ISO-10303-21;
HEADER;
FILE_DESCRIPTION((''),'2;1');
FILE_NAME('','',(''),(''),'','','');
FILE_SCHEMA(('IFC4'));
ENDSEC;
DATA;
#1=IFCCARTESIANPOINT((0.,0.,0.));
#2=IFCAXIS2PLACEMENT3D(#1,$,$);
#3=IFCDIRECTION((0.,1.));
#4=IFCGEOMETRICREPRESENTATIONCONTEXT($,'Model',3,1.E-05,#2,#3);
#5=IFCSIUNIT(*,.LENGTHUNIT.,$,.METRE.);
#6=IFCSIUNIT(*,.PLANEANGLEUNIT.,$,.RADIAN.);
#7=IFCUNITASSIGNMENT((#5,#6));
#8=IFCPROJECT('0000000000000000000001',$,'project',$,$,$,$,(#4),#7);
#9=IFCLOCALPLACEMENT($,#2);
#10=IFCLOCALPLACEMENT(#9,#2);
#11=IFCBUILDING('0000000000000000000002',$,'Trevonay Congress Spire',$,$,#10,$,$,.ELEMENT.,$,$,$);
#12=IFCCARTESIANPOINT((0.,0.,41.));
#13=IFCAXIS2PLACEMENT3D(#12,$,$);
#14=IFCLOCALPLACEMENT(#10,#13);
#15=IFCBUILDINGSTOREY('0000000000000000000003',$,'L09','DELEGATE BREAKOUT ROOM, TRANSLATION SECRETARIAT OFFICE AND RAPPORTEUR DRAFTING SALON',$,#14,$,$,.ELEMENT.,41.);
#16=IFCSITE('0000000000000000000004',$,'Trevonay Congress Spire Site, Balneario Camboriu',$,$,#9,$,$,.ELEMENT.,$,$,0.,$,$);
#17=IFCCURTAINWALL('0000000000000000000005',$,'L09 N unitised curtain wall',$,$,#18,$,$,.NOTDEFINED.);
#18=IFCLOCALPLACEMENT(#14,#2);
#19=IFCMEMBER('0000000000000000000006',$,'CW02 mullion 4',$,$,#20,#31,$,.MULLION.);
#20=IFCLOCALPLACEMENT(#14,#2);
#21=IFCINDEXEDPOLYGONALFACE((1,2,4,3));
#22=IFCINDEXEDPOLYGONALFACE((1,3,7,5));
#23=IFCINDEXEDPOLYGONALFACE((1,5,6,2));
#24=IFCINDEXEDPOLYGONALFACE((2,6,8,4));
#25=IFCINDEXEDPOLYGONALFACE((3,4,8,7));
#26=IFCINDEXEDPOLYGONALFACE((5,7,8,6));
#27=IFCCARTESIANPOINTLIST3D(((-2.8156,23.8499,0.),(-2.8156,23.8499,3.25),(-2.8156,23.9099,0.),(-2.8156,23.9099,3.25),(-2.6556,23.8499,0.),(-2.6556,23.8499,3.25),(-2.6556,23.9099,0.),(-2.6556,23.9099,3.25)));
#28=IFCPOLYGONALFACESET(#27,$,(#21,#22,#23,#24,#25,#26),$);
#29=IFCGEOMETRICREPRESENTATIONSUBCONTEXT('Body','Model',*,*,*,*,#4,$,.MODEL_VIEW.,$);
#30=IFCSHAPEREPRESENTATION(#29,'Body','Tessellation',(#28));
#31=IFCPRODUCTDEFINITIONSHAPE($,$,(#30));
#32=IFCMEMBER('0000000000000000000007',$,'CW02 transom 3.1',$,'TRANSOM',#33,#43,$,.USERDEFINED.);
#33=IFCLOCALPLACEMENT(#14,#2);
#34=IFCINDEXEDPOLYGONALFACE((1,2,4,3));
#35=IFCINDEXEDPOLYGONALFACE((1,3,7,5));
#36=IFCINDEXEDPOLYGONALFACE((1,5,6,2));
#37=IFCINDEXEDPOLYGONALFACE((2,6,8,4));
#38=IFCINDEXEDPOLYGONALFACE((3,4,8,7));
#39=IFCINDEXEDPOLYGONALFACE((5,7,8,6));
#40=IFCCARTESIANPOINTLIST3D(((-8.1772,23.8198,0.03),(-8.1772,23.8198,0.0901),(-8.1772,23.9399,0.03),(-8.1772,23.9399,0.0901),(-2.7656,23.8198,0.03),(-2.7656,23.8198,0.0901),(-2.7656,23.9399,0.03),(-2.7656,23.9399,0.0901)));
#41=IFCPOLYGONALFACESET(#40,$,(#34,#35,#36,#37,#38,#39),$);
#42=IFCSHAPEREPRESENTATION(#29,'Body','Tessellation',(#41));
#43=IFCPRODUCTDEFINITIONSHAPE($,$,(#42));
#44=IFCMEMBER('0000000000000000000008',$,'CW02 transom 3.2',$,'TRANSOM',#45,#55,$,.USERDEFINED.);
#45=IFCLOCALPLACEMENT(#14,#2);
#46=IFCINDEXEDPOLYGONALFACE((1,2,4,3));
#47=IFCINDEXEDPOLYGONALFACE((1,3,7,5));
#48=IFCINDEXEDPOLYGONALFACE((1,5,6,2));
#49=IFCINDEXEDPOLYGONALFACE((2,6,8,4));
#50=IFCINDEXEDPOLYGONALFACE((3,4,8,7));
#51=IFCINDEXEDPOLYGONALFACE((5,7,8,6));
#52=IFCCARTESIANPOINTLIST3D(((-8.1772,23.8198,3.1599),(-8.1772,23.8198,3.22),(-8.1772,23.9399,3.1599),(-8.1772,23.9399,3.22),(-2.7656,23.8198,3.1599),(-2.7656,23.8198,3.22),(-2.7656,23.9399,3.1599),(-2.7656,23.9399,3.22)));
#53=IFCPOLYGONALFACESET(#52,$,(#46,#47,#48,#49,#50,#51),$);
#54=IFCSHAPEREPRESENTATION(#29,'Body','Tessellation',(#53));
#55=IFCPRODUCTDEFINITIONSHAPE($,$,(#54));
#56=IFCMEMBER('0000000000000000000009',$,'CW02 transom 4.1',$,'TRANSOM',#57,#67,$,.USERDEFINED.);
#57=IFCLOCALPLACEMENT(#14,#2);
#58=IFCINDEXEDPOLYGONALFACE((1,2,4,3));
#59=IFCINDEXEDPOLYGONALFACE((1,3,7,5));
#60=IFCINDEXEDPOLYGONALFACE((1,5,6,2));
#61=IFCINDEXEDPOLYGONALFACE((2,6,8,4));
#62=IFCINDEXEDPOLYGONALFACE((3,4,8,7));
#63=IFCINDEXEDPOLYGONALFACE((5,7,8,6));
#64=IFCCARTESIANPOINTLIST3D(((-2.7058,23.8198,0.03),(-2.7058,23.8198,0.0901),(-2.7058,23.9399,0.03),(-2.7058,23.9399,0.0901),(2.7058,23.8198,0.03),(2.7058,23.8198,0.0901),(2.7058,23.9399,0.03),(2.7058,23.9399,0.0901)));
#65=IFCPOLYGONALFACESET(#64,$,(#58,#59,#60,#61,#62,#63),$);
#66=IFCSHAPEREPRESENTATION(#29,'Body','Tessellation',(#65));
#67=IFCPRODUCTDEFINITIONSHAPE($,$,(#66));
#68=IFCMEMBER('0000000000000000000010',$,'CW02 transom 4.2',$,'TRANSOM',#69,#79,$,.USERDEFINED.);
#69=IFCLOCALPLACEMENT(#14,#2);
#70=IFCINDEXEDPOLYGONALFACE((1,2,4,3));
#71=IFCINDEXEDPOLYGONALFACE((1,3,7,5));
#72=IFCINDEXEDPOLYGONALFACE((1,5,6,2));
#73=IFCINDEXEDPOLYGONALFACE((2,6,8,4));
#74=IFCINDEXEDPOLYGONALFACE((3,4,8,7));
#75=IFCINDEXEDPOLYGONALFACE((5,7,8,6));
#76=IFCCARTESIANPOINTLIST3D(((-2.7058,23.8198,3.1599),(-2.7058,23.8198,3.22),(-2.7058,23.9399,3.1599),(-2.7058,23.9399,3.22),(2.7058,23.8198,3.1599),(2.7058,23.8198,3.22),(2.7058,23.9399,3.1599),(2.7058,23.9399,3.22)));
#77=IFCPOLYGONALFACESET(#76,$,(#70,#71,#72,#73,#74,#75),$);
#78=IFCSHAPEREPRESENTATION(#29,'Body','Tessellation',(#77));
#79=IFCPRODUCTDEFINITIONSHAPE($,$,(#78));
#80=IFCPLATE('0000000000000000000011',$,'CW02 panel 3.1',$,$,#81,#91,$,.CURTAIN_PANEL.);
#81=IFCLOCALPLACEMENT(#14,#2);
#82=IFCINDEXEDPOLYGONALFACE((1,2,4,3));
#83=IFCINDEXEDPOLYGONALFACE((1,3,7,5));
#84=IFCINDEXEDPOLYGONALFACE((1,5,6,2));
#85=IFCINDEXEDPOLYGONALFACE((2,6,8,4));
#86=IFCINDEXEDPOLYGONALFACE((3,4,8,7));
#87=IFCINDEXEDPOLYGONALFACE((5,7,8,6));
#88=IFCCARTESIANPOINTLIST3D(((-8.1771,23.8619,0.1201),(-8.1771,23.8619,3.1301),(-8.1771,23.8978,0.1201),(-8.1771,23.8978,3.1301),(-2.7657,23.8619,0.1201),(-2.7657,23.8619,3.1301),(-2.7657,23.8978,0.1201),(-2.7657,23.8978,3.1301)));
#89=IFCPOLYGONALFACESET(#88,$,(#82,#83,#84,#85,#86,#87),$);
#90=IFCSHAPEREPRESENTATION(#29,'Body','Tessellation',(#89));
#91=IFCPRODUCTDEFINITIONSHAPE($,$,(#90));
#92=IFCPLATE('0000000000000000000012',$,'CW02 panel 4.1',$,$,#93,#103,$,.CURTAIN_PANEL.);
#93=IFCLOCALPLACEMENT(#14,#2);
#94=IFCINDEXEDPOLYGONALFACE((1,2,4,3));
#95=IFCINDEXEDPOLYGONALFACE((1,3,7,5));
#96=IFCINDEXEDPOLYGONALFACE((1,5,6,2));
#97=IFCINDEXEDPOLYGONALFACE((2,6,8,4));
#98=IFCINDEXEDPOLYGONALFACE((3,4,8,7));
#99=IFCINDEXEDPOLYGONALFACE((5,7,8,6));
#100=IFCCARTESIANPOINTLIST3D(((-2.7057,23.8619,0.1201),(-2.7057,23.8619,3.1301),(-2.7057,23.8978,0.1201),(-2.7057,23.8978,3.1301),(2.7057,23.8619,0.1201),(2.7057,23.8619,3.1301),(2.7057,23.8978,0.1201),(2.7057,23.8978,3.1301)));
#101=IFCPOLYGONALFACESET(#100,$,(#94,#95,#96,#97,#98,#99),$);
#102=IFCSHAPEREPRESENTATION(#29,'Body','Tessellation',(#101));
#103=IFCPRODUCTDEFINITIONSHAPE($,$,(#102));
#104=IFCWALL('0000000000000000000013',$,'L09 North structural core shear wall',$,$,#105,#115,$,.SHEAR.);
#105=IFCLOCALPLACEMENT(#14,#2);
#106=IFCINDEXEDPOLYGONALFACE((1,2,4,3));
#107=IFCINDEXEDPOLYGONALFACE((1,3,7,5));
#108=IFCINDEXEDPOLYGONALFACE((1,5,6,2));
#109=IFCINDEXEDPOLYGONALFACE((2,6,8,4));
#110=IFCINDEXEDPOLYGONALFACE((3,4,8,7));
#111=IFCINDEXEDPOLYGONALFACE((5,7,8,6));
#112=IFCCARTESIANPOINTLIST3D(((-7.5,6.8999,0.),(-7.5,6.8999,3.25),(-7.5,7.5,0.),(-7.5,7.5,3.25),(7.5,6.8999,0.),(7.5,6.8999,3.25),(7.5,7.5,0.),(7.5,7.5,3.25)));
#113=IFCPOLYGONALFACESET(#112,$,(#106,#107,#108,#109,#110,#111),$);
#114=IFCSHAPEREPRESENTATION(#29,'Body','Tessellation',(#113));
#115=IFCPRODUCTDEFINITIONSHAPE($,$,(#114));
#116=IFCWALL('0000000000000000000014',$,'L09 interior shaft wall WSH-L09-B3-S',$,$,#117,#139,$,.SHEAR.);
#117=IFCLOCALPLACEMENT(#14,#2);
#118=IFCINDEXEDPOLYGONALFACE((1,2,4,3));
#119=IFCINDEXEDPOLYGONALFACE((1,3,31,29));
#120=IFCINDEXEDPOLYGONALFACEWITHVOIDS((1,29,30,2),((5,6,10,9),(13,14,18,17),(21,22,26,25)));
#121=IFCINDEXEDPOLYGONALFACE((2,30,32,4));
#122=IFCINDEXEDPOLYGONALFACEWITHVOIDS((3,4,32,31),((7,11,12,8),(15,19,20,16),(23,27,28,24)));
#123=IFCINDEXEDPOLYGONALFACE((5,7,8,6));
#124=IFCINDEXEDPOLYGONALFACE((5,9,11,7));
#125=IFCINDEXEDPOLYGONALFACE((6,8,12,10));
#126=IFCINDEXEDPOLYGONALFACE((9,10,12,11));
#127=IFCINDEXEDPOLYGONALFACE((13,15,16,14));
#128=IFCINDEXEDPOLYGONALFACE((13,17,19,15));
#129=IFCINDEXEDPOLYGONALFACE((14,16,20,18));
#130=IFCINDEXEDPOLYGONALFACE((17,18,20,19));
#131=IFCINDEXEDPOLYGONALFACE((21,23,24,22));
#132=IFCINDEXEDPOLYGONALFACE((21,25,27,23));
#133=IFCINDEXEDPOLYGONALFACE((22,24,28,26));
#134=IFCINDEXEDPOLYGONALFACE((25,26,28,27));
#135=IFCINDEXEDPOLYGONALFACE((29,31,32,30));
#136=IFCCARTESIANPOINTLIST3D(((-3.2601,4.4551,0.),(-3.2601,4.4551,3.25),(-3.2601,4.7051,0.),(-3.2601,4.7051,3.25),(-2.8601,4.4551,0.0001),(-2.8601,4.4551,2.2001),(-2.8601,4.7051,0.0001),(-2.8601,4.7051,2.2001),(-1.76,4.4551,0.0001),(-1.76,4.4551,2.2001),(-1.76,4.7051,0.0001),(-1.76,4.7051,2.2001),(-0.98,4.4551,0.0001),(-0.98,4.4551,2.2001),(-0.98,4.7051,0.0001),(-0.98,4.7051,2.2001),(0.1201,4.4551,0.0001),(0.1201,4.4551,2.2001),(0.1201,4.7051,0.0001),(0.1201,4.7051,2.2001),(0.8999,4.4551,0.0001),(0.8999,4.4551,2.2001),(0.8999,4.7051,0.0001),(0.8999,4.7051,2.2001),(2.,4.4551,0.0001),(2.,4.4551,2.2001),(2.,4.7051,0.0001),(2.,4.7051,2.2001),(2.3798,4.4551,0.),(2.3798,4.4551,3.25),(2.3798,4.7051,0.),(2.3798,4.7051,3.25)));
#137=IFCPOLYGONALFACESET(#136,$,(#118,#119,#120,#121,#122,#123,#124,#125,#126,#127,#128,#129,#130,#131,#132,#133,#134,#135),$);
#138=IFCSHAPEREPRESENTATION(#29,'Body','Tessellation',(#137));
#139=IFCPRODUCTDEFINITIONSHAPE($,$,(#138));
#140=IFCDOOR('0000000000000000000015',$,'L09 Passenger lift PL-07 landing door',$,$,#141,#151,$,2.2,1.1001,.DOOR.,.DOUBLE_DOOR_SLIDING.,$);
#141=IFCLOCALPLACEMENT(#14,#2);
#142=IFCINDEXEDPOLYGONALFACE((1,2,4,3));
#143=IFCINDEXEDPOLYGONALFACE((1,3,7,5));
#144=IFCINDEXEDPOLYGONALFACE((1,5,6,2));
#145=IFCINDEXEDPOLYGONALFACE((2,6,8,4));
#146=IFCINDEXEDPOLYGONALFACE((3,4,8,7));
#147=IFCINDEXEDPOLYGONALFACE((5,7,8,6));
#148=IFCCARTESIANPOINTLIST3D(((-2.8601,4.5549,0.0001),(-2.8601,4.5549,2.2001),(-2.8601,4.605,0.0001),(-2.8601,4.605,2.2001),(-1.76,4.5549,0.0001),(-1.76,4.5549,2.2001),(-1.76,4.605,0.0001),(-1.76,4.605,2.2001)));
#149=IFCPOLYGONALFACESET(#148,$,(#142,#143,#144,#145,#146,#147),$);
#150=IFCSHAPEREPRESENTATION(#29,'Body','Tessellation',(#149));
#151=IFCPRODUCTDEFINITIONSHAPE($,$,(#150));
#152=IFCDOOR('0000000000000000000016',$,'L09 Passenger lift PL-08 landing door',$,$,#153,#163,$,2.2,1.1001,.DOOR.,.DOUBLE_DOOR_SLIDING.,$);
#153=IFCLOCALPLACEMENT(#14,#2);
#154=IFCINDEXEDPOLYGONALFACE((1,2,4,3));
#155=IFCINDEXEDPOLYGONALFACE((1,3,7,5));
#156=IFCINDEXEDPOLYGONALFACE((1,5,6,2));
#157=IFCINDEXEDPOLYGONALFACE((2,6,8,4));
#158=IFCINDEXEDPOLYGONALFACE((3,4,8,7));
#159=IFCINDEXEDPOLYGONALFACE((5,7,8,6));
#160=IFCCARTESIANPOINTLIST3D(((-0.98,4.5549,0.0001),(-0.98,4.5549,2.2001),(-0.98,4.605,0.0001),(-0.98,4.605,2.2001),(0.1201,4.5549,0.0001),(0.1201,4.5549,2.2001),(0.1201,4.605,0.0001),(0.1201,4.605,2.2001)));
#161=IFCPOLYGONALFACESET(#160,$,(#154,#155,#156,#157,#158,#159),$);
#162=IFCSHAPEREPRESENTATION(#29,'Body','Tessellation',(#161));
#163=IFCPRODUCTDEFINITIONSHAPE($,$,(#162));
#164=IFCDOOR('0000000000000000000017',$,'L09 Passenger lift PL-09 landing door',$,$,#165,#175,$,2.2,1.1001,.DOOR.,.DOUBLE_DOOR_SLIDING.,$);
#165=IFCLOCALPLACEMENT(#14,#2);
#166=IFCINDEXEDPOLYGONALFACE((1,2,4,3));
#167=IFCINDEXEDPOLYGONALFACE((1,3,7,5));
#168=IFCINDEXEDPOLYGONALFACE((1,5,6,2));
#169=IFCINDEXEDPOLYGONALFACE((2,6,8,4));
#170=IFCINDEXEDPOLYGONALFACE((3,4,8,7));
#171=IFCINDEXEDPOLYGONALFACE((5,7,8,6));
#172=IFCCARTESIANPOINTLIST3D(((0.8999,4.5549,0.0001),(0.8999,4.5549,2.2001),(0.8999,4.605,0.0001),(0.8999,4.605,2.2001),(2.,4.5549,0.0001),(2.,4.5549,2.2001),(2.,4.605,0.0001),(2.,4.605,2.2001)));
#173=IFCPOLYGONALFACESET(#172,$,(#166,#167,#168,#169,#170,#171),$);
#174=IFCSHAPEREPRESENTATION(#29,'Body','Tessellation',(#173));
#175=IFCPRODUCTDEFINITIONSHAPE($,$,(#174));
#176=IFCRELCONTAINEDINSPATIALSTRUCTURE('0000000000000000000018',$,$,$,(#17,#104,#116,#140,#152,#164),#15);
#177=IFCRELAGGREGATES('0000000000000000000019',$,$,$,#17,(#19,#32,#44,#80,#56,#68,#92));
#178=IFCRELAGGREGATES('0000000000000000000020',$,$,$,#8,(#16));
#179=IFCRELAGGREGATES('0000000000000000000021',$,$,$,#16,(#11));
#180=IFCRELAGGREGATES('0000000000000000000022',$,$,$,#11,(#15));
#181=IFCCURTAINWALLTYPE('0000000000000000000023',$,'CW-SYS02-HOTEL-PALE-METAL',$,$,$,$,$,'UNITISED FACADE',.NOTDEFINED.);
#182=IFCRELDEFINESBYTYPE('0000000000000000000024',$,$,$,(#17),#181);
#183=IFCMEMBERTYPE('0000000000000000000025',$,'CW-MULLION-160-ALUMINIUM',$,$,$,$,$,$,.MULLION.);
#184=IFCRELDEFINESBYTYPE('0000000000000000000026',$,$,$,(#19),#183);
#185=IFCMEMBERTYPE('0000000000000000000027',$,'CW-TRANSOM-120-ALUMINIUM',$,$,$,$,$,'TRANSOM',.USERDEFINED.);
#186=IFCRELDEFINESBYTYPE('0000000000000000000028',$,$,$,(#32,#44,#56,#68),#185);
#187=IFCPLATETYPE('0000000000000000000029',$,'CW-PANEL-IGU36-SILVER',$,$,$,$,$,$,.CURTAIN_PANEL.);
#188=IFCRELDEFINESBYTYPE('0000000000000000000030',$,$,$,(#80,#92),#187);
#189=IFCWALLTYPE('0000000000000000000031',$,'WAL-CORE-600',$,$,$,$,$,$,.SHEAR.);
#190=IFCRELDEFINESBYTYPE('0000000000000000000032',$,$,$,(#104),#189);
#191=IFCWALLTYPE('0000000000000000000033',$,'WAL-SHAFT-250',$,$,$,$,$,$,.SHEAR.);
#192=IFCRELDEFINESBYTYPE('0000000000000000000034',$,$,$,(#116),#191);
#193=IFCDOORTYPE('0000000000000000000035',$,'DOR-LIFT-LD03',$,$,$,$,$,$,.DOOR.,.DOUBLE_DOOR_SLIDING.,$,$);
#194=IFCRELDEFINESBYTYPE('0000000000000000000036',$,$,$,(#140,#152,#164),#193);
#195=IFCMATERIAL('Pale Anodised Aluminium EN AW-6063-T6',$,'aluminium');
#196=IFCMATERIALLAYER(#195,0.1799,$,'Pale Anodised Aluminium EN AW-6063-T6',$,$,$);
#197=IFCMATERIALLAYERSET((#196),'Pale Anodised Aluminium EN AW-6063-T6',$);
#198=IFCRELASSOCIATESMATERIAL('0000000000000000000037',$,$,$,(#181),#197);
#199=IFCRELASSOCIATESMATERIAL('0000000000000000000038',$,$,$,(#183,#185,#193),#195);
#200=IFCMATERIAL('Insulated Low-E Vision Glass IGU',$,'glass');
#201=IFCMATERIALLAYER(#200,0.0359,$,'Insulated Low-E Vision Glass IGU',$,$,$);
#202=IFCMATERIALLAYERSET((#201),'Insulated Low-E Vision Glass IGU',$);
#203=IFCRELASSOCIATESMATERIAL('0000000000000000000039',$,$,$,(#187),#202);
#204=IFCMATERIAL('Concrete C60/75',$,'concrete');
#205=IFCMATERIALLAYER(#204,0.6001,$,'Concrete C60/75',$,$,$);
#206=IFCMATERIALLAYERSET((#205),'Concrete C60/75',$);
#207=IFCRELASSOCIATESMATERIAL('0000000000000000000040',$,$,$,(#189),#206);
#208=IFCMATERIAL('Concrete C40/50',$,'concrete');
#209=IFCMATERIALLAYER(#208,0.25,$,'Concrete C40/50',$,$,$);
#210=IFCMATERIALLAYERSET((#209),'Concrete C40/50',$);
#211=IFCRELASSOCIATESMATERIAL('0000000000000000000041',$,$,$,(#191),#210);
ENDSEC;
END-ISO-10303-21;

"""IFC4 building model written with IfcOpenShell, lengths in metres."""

from ifc_helpers import new_model, si_unit, direction, frame, frame_2d, origin, origin_2d, place, context, subcontext, project, spatial, rectangle, extrude, material, layer, layer_set, material_profile, profile_set, type_object, element, fill, aggregate, save


model = new_model("IFC4")

# Units and contexts
model_context = context("Model", 3, precision=1e-05, world=origin(), true_north=direction((0.0, 1.0)))
body_context = subcontext(model_context, "Body", "Model", "MODEL_VIEW")
ifc_project = project(units=[si_unit("LENGTHUNIT", "METRE"), si_unit("PLANEANGLEUNIT", "RADIAN")], contexts=[model_context])

# Site, building, storey
site_placement = place(None, origin())
site = spatial("IfcSite", under=ifc_project, at=site_placement, Name="Trevonay Congress Spire Site, Balneario Camboriu", CompositionType="ELEMENT", RefElevation=0.0)
building_placement = place(site_placement, origin())
building = spatial("IfcBuilding", under=site, at=building_placement, Name="Trevonay Congress Spire", CompositionType="ELEMENT")
storey_placement = place(building_placement, frame((0.0, 0.0, 41.0)))
storey = spatial("IfcBuildingStorey", under=building, at=storey_placement, Name="L09", Description="DELEGATE BREAKOUT ROOM, TRANSLATION SECRETARIAT OFFICE AND RAPPORTEUR DRAFTING SALON", CompositionType="ELEMENT", Elevation=41.0)

# Curtain wall, members, plates
ifc_material_1 = material(Name="Pale Anodised Aluminium EN AW-6063-T6", Category="aluminium")
ifc_layer_1 = layer(ifc_material_1, 0.1799, Name="Pale Anodised Aluminium EN AW-6063-T6")
ifc_layer_set_1 = layer_set([ifc_layer_1], Name="Pale Anodised Aluminium EN AW-6063-T6")
curtain_wall_type = type_object("IfcCurtainWallType", Name="CW-SYS02-HOTEL-PALE-METAL", ElementType="UNITISED FACADE", PredefinedType="NOTDEFINED", material=ifc_layer_set_1)
curtain_wall_placement = place(storey_placement, origin())
curtain_wall = element("IfcCurtainWall", 1, at=curtain_wall_placement, inside=storey, type_object=curtain_wall_type, Name="L09 N unitised curtain wall", PredefinedType="NOTDEFINED")
ifc_material_profile_1 = material_profile(ifc_material_1, rectangle(XDim=0.0601, YDim=0.1599, at=origin_2d()), Name="CW-MULLION-160-ALUMINIUM")
ifc_profile_set_1 = profile_set([ifc_material_profile_1], Name="Pale Anodised Aluminium EN AW-6063-T6")
member_type_1 = type_object("IfcMemberType", Name="CW-MULLION-160-ALUMINIUM", PredefinedType="MULLION", material=ifc_profile_set_1)
member_1_placement = place(storey_placement, frame((-2.7356, 23.8799, 0.0), z_axis=(0.0, 0.0, 1.0), x_axis=(0.0, 1.0, 0.0)))
member_1 = element("IfcMember", 2, at=member_1_placement, type_object=member_type_1, Name="CW02 mullion 4", PredefinedType="MULLION", context=body_context, shape_type="SweptSolid", body=[
    extrude(rectangle(XDim=0.0601, YDim=0.1599, at=origin_2d()), origin(), (0.0, 0.0, 1.0), 3.25),
])
ifc_material_profile_2 = material_profile(ifc_material_1, rectangle(XDim=0.1201, YDim=0.0601, at=origin_2d()), Name="CW-TRANSOM-120-ALUMINIUM")
ifc_profile_set_2 = profile_set([ifc_material_profile_2], Name="Pale Anodised Aluminium EN AW-6063-T6")
member_type_2 = type_object("IfcMemberType", Name="CW-TRANSOM-120-ALUMINIUM", ElementType="TRANSOM", PredefinedType="USERDEFINED", material=ifc_profile_set_2)
member_2_placement = place(storey_placement, frame((-8.1772, 23.8799, 0.0601), z_axis=(1.0, 0.0, 0.0), x_axis=(0.0, 1.0, 0.0)))
member_2 = element("IfcMember", 3, at=member_2_placement, type_object=member_type_2, Name="CW02 transom 3.1", ObjectType="TRANSOM", PredefinedType="USERDEFINED", context=body_context, shape_type="SweptSolid", body=[
    extrude(rectangle(XDim=0.1201, YDim=0.0601, at=origin_2d()), origin(), (0.0, 0.0, 1.0), 5.4116),
])
member_3_placement = place(storey_placement, frame((-8.1772, 23.8799, 3.1899), z_axis=(1.0, 0.0, 0.0), x_axis=(0.0, 1.0, 0.0)))
member_3 = element("IfcMember", 4, at=member_3_placement, type_object=member_type_2, Name="CW02 transom 3.2", ObjectType="TRANSOM", PredefinedType="USERDEFINED", context=body_context, shape_type="SweptSolid", body=[
    extrude(rectangle(XDim=0.1201, YDim=0.0601, at=origin_2d()), origin(), (0.0, 0.0, 1.0), 5.4116),
])
member_4_placement = place(storey_placement, frame((-2.7058, 23.8799, 0.0601), z_axis=(1.0, 0.0, 0.0), x_axis=(0.0, 1.0, 0.0)))
member_4 = element("IfcMember", 5, at=member_4_placement, type_object=member_type_2, Name="CW02 transom 4.1", ObjectType="TRANSOM", PredefinedType="USERDEFINED", context=body_context, shape_type="SweptSolid", body=[
    extrude(rectangle(XDim=0.1201, YDim=0.0601, at=origin_2d()), origin(), (0.0, 0.0, 1.0), 5.4116),
])
member_5_placement = place(storey_placement, frame((-2.7058, 23.8799, 3.1899), z_axis=(1.0, 0.0, 0.0), x_axis=(0.0, 1.0, 0.0)))
member_5 = element("IfcMember", 6, at=member_5_placement, type_object=member_type_2, Name="CW02 transom 4.2", ObjectType="TRANSOM", PredefinedType="USERDEFINED", context=body_context, shape_type="SweptSolid", body=[
    extrude(rectangle(XDim=0.1201, YDim=0.0601, at=origin_2d()), origin(), (0.0, 0.0, 1.0), 5.4116),
])
ifc_material_2 = material(Name="Insulated Low-E Vision Glass IGU", Category="glass")
ifc_layer_2 = layer(ifc_material_2, 0.0359, Name="Insulated Low-E Vision Glass IGU")
ifc_layer_set_2 = layer_set([ifc_layer_2], Name="Insulated Low-E Vision Glass IGU")
plate_type = type_object("IfcPlateType", Name="CW-PANEL-IGU36-SILVER", PredefinedType="CURTAIN_PANEL", material=ifc_layer_set_2)
plate_1_placement = place(storey_placement, frame((-5.4714, 23.8799, 0.1201), z_axis=(0.0, 0.0, 1.0), x_axis=(1.0, 0.0, 0.0)))
plate_1 = element("IfcPlate", 7, at=plate_1_placement, type_object=plate_type, Name="CW02 panel 3.1", PredefinedType="CURTAIN_PANEL", context=body_context, shape_type="SweptSolid", body=[
    extrude(rectangle(XDim=5.4114, YDim=0.0359, at=origin_2d()), origin(), (0.0, 0.0, 1.0), 3.01),
])
plate_2_placement = place(storey_placement, frame((0.0, 23.8799, 0.1201), z_axis=(0.0, 0.0, 1.0), x_axis=(1.0, 0.0, 0.0)))
plate_2 = element("IfcPlate", 8, at=plate_2_placement, type_object=plate_type, Name="CW02 panel 4.1", PredefinedType="CURTAIN_PANEL", context=body_context, shape_type="SweptSolid", body=[
    extrude(rectangle(XDim=5.4114, YDim=0.0359, at=origin_2d()), origin(), (0.0, 0.0, 1.0), 3.01),
])
aggregate(curtain_wall, [member_1, member_2, member_3, plate_1, member_4, member_5, plate_2])

# Wall
ifc_material_3 = material(Name="Concrete C60/75", Category="concrete")
ifc_layer_3 = layer(ifc_material_3, 0.6001, Name="Concrete C60/75")
ifc_layer_set_3 = layer_set([ifc_layer_3], Name="Concrete C60/75")
wall_type_1 = type_object("IfcWallType", Name="WAL-CORE-600", PredefinedType="SHEAR", material=ifc_layer_set_3)
wall_1_placement = place(storey_placement, frame((-7.5, 7.2, 0.0), z_axis=(0.0, 0.0, 1.0), x_axis=(1.0, 0.0, 0.0)))
element("IfcWall", 9, at=wall_1_placement, inside=storey, type_object=wall_type_1, Name="L09 North structural core shear wall", PredefinedType="SHEAR", context=body_context, shape_type="SweptSolid", body=[
    extrude(rectangle(XDim=15.0, YDim=0.6001, at=frame_2d((7.5, 0.0))), origin(), (0.0, 0.0, 1.0), 3.25),
])

# Wall, openings, doors
ifc_material_4 = material(Name="Concrete C40/50", Category="concrete")
ifc_layer_4 = layer(ifc_material_4, 0.25, Name="Concrete C40/50")
ifc_layer_set_4 = layer_set([ifc_layer_4], Name="Concrete C40/50")
wall_type_2 = type_object("IfcWallType", Name="WAL-SHAFT-250", PredefinedType="SHEAR", material=ifc_layer_set_4)
wall_2_placement = place(storey_placement, frame((-3.26, 4.5801, 0.0), z_axis=(0.0, 0.0, 1.0), x_axis=(1.0, 0.0, 0.0)))
wall_2 = element("IfcWall", 10, at=wall_2_placement, inside=storey, type_object=wall_type_2, Name="L09 interior shaft wall WSH-L09-B3-S", PredefinedType="SHEAR", context=body_context, shape_type="SweptSolid", body=[
    extrude(rectangle(XDim=5.6399, YDim=0.25, at=frame_2d((2.8198, 0.0))), origin(), (0.0, 0.0, 1.0), 3.25),
])
opening_1_placement = place(wall_2_placement, frame((0.3999, 0.0, 0.0)))
opening_1 = element("IfcOpeningElement", 11, at=opening_1_placement, cuts=wall_2, PredefinedType="OPENING", context=body_context, shape_type="SweptSolid", body=[
    extrude(rectangle(XDim=1.1001, YDim=2.2, at=frame_2d((0.55, 1.1001))), frame((0.0, 0.135, 0.0), z_axis=(0.0, -1.0, 0.0), x_axis=(1.0, 0.0, 0.0)), (0.0, 0.0, 1.0), 0.27),
])
opening_2_placement = place(wall_2_placement, frame((2.28, 0.0, 0.0)))
opening_2 = element("IfcOpeningElement", 12, at=opening_2_placement, cuts=wall_2, PredefinedType="OPENING", context=body_context, shape_type="SweptSolid", body=[
    extrude(rectangle(XDim=1.1001, YDim=2.2, at=frame_2d((0.55, 1.1001))), frame((0.0, 0.135, 0.0), z_axis=(0.0, -1.0, 0.0), x_axis=(1.0, 0.0, 0.0)), (0.0, 0.0, 1.0), 0.27),
])
opening_3_placement = place(wall_2_placement, frame((4.1599, 0.0, 0.0)))
opening_3 = element("IfcOpeningElement", 13, at=opening_3_placement, cuts=wall_2, PredefinedType="OPENING", context=body_context, shape_type="SweptSolid", body=[
    extrude(rectangle(XDim=1.1001, YDim=2.2, at=frame_2d((0.55, 1.1001))), frame((0.0, 0.135, 0.0), z_axis=(0.0, -1.0, 0.0), x_axis=(1.0, 0.0, 0.0)), (0.0, 0.0, 1.0), 0.27),
])
door_type_1 = type_object("IfcDoorType", Name="DOR-LIFT-LD03", OperationType="DOUBLE_DOOR_SLIDING", PredefinedType="DOOR", material=ifc_material_1)
door_1_placement = place(opening_1_placement, origin())
door_1 = element("IfcDoor", 14, at=door_1_placement, inside=storey, type_object=door_type_1, Name="L09 Passenger lift PL-07 landing door", OperationType="DOUBLE_DOOR_SLIDING", OverallHeight=2.2, OverallWidth=1.1001, PredefinedType="DOOR", context=body_context, shape_type="SweptSolid", body=[
    extrude(rectangle(XDim=1.1001, YDim=2.2, at=frame_2d((0.55, 1.1001))), frame((0.0, 0.0249, 0.0), z_axis=(0.0, -1.0, 0.0), x_axis=(1.0, 0.0, 0.0)), (0.0, 0.0, 1.0), 0.05),
])
fill(opening_1, door_1)
door_2_placement = place(opening_2_placement, origin())
door_2 = element("IfcDoor", 15, at=door_2_placement, inside=storey, type_object=door_type_1, Name="L09 Passenger lift PL-08 landing door", OperationType="DOUBLE_DOOR_SLIDING", OverallHeight=2.2, OverallWidth=1.1001, PredefinedType="DOOR", context=body_context, shape_type="SweptSolid", body=[
    extrude(rectangle(XDim=1.1001, YDim=2.2, at=frame_2d((0.55, 1.1001))), frame((0.0, 0.0249, 0.0), z_axis=(0.0, -1.0, 0.0), x_axis=(1.0, 0.0, 0.0)), (0.0, 0.0, 1.0), 0.05),
])
fill(opening_2, door_2)
door_3_placement = place(opening_3_placement, origin())
door_3 = element("IfcDoor", 16, at=door_3_placement, inside=storey, type_object=door_type_1, Name="L09 Passenger lift PL-09 landing door", OperationType="DOUBLE_DOOR_SLIDING", OverallHeight=2.2, OverallWidth=1.1001, PredefinedType="DOOR", context=body_context, shape_type="SweptSolid", body=[
    extrude(rectangle(XDim=1.1001, YDim=2.2, at=frame_2d((0.55, 1.1001))), frame((0.0, 0.0249, 0.0), z_axis=(0.0, -1.0, 0.0), x_axis=(1.0, 0.0, 0.0)), (0.0, 0.0, 1.0), 0.05),
])
fill(opening_3, door_3)

save(model, "model.ifc")
